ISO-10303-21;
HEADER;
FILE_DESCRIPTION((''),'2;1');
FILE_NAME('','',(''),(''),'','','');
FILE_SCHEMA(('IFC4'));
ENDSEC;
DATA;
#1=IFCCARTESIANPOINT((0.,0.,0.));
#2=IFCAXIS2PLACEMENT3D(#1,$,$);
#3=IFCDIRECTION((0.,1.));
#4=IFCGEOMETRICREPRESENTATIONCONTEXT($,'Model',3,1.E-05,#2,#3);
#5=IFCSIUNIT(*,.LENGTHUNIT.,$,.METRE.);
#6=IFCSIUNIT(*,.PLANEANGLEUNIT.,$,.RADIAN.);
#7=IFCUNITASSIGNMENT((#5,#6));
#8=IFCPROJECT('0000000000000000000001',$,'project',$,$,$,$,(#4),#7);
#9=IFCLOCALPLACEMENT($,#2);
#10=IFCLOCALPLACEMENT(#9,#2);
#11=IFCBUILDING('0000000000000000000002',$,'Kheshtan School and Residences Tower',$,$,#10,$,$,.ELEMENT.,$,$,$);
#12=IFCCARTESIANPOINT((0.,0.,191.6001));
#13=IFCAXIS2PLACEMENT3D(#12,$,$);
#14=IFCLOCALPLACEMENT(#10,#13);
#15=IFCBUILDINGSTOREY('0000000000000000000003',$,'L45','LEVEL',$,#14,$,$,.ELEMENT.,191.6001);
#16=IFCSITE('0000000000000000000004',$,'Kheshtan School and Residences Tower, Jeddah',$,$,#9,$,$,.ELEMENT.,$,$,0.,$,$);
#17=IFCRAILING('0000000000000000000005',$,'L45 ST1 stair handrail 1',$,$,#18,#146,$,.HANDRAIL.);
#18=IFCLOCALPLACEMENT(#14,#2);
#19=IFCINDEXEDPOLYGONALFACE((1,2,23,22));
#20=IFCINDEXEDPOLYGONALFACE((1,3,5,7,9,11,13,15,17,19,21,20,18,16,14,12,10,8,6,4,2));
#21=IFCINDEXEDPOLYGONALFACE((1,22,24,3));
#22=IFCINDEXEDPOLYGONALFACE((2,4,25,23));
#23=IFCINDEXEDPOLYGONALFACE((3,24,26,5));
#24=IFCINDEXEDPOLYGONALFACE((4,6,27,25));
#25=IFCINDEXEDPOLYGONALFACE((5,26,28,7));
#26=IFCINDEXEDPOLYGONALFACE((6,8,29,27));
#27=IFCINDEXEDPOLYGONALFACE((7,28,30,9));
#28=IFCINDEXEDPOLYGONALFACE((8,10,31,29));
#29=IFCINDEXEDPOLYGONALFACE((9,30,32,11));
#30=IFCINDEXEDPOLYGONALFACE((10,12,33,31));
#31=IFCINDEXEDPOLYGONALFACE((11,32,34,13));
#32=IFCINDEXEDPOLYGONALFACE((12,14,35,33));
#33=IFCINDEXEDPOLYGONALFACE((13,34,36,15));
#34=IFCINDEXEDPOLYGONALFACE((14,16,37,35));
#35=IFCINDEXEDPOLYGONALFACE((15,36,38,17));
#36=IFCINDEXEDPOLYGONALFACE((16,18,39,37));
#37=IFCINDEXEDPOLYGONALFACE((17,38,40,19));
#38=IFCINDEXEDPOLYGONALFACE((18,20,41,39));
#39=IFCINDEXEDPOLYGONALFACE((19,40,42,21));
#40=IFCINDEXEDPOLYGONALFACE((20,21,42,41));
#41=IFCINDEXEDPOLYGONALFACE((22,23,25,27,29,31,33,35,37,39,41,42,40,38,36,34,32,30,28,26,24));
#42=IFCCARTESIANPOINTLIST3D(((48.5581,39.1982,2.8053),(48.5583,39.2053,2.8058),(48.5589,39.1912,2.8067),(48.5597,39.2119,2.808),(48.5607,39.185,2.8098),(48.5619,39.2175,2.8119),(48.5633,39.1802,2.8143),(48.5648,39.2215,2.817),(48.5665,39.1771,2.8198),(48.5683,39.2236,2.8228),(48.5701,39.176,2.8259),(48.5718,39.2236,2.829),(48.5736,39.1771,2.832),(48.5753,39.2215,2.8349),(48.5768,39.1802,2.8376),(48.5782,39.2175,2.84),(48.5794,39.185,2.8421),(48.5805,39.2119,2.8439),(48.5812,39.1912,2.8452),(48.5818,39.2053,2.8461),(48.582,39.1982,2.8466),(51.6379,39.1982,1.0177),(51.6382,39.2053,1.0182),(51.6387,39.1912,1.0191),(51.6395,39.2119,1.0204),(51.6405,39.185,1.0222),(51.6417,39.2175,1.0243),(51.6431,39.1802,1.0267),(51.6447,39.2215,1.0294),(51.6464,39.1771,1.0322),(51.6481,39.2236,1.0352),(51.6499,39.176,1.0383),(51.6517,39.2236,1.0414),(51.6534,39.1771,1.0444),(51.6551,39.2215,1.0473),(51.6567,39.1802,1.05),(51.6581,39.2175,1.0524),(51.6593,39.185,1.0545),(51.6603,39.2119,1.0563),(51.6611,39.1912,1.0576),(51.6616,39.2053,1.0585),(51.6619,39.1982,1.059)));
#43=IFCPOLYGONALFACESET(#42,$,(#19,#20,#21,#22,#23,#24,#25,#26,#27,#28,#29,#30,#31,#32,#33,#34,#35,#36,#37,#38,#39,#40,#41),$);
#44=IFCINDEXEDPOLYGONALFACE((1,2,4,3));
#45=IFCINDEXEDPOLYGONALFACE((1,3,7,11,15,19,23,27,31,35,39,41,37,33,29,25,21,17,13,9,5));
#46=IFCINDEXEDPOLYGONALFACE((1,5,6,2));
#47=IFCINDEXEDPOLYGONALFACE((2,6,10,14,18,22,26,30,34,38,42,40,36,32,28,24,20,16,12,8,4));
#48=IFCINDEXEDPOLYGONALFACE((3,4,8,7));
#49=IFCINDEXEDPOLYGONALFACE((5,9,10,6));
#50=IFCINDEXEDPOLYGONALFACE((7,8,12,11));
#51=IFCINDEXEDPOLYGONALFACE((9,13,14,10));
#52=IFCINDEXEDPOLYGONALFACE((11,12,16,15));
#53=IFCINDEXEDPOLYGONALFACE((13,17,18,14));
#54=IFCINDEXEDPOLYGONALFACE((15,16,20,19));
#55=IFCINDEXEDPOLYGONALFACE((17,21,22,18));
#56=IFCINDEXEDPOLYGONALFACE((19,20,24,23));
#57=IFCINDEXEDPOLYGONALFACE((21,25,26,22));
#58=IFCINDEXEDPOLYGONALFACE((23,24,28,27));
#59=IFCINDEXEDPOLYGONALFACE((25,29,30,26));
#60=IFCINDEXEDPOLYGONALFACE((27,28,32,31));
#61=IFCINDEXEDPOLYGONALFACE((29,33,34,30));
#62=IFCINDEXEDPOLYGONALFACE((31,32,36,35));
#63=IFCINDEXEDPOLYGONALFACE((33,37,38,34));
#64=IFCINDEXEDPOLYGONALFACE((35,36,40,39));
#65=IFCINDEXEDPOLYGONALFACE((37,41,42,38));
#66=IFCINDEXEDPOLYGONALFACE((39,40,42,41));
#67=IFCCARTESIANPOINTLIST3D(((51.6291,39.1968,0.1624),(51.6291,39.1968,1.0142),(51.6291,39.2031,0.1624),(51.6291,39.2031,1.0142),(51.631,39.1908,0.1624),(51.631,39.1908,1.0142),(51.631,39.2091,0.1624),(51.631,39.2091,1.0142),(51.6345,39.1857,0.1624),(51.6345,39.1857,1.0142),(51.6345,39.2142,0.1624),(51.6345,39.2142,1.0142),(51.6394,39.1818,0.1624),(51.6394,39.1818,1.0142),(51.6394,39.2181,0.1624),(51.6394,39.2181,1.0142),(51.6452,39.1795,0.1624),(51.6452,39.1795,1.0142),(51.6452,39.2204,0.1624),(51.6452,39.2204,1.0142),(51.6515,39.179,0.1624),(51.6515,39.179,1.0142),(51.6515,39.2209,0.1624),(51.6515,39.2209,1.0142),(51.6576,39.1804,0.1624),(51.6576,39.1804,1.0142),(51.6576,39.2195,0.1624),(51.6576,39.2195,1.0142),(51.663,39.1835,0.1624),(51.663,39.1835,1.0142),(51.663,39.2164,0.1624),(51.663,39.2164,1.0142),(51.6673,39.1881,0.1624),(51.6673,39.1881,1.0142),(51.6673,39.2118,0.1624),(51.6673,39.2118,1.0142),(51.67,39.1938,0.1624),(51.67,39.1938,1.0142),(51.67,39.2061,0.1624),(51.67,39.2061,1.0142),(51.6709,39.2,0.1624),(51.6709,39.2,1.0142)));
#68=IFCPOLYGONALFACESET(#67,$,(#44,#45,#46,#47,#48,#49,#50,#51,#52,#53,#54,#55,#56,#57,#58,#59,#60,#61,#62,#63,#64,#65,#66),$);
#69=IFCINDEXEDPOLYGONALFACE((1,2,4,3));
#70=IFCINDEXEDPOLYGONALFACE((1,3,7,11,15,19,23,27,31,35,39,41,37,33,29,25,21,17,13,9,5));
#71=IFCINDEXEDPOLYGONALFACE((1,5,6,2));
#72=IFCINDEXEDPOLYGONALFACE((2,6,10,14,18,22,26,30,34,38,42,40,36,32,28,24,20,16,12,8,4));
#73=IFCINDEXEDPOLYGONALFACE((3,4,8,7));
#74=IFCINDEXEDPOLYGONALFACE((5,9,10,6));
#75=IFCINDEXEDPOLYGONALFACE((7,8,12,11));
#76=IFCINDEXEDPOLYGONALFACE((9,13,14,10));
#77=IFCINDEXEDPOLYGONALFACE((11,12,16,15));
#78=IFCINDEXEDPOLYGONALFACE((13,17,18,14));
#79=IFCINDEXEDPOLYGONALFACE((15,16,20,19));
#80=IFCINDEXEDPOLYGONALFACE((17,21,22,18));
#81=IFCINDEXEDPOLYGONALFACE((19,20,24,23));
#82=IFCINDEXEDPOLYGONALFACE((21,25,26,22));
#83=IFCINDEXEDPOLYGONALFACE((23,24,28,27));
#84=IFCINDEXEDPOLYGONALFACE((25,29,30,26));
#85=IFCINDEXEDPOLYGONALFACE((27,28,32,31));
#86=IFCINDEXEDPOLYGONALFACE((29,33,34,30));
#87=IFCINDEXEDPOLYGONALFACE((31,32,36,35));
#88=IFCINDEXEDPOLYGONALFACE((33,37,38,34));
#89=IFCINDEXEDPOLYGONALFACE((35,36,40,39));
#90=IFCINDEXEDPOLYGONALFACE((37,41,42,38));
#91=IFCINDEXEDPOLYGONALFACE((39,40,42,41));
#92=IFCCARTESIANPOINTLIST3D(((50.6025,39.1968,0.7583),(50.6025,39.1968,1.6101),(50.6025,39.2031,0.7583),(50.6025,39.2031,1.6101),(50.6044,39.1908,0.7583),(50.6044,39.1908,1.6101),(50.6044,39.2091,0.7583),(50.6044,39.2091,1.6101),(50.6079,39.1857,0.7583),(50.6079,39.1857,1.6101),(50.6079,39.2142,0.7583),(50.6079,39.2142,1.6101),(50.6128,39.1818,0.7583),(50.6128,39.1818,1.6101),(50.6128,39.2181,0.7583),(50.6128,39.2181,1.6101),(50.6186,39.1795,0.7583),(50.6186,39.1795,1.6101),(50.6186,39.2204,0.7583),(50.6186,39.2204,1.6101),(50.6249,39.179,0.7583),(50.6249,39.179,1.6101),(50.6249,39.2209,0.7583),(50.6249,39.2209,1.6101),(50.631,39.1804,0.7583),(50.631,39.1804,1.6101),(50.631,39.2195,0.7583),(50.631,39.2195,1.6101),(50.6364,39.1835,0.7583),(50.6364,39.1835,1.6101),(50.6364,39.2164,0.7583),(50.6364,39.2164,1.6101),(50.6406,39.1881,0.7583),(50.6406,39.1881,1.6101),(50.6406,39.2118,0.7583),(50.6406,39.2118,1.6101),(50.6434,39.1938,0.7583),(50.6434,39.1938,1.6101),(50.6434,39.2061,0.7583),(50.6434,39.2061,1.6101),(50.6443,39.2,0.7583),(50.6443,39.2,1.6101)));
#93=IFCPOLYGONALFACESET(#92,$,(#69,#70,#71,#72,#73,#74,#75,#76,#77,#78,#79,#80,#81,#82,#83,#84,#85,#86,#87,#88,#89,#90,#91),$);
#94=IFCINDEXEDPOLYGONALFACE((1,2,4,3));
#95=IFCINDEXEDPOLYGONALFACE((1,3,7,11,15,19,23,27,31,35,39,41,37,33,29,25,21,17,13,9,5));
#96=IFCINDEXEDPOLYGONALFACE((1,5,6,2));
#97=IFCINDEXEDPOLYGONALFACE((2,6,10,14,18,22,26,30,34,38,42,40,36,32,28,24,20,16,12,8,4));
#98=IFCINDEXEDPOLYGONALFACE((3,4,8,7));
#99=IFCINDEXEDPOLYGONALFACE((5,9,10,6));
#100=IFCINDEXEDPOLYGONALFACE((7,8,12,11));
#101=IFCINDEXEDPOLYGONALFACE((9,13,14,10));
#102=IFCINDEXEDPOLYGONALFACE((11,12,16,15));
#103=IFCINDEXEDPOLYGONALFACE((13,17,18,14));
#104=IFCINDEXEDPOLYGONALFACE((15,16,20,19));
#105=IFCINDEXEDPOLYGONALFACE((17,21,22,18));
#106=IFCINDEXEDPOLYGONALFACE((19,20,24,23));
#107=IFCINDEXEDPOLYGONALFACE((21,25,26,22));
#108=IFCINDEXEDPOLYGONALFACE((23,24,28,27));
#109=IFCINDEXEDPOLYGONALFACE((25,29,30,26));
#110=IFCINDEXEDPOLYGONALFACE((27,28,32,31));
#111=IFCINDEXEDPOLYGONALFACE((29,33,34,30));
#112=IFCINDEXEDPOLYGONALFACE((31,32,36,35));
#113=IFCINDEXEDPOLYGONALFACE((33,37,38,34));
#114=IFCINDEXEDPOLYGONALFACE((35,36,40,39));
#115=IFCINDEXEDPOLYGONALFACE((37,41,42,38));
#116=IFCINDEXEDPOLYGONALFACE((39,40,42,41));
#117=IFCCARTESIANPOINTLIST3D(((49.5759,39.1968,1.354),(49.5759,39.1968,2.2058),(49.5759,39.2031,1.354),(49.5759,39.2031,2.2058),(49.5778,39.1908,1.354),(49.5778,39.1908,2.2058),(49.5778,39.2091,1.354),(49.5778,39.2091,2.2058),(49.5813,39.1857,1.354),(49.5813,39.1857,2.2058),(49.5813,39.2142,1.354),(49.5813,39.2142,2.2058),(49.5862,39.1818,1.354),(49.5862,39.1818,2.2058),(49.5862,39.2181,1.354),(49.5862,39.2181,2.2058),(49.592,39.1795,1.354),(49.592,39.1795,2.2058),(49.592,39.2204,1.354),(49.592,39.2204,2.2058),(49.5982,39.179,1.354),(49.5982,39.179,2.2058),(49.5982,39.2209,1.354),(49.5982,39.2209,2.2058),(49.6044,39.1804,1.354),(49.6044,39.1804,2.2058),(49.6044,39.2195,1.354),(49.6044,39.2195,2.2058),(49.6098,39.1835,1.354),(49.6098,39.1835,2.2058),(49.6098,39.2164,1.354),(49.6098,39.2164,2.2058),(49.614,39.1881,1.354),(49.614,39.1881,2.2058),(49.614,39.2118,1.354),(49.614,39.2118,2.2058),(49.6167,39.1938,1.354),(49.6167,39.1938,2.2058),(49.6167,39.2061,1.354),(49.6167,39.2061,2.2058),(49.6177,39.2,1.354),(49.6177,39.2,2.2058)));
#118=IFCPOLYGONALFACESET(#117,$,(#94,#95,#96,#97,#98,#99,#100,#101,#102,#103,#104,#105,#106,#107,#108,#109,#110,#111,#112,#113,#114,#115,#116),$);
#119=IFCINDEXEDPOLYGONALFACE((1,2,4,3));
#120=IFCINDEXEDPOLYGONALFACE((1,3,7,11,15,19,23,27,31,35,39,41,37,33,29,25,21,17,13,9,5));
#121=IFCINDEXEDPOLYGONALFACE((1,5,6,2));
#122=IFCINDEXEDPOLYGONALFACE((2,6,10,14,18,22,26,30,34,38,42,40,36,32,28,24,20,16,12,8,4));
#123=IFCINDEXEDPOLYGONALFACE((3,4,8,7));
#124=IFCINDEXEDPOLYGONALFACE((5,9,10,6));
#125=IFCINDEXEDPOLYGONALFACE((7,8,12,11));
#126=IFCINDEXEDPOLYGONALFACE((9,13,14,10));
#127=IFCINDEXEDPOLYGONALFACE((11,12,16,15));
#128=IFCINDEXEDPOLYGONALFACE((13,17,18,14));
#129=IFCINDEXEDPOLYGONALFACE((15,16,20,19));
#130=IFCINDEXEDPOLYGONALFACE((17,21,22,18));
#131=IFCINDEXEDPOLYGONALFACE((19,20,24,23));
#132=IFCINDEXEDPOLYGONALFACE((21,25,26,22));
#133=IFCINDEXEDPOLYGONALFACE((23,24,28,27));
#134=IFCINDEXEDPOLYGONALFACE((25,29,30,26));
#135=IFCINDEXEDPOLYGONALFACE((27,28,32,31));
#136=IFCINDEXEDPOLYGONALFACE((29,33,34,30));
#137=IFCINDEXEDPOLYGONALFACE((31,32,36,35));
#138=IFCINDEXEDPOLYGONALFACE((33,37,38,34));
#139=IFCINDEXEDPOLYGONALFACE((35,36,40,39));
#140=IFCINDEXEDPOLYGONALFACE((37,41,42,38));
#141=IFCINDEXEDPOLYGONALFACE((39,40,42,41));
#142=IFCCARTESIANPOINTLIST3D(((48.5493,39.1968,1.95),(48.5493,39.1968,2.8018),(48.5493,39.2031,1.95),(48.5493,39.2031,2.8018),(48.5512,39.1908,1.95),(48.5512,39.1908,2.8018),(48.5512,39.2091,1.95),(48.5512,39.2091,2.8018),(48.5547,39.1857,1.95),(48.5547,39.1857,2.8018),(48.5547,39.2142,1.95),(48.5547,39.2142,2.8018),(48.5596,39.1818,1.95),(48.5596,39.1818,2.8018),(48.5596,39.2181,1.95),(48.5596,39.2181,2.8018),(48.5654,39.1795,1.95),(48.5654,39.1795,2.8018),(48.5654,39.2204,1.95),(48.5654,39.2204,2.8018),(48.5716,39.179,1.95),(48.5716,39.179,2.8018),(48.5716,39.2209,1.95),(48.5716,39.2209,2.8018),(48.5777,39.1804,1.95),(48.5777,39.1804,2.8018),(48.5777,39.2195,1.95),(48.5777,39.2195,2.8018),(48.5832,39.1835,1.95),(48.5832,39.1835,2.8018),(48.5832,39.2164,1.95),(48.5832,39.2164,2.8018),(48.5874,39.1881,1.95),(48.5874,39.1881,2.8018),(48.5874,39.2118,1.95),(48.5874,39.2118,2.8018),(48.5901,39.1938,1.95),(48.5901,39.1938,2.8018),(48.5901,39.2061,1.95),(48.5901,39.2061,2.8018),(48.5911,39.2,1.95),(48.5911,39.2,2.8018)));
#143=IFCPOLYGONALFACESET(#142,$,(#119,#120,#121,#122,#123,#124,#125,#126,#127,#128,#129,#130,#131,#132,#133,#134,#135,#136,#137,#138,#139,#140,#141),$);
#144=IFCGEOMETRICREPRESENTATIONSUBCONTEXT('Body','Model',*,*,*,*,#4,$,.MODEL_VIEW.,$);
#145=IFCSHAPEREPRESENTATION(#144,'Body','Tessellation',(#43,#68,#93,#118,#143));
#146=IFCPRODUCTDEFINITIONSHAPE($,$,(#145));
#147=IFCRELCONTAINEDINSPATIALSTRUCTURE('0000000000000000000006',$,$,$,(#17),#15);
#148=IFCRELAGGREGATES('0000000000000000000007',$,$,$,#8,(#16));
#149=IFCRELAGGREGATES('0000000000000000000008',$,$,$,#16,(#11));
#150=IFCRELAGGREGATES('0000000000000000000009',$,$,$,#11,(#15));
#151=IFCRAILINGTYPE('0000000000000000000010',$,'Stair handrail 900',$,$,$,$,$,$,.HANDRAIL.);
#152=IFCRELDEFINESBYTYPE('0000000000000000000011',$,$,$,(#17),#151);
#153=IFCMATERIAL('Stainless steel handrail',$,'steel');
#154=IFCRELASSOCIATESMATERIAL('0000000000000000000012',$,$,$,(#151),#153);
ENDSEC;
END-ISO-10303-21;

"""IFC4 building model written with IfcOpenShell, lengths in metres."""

from ifc_helpers import new_model, si_unit, direction, frame, origin, origin_2d, place, context, subcontext, project, spatial, circle, extrude, material, type_object, element, save


model = new_model("IFC4")

# Units and contexts
model_context = context("Model", 3, precision=1e-05, world=origin(), true_north=direction((0.0, 1.0)))
body_context = subcontext(model_context, "Body", "Model", "MODEL_VIEW")
ifc_project = project(units=[si_unit("LENGTHUNIT", "METRE"), si_unit("PLANEANGLEUNIT", "RADIAN")], contexts=[model_context])

# Site, building, storey
site_placement = place(None, origin())
site = spatial("IfcSite", under=ifc_project, at=site_placement, Name="Kheshtan School and Residences Tower, Jeddah", CompositionType="ELEMENT", RefElevation=0.0)
building_placement = place(site_placement, origin())
building = spatial("IfcBuilding", under=site, at=building_placement, Name="Kheshtan School and Residences Tower", CompositionType="ELEMENT")
storey_placement = place(building_placement, frame((0.0, 0.0, 191.6001)))
storey = spatial("IfcBuildingStorey", under=building, at=storey_placement, Name="L45", Description="LEVEL", CompositionType="ELEMENT", Elevation=191.6001)

# Railing
ifc_material_1 = material(Name="Stainless steel handrail", Category="steel")
railing_type_1 = type_object("IfcRailingType", Name="Stair handrail 900", PredefinedType="HANDRAIL", material=ifc_material_1)
railing_1_placement = place(storey_placement, frame((51.6499, 39.2, 0.1624)))
element("IfcRailing", 1, at=railing_1_placement, inside=storey, type_object=railing_type_1, Name="L45 ST1 stair handrail 1", PredefinedType="HANDRAIL", context=body_context, shape_type="SweptSolid", body=[
    extrude(circle(Radius=0.0239, at=origin_2d()), frame((0.0, 0.0, 0.876), z_axis=(-0.864873, 0.0, 0.50199), x_axis=(0.0, -1.0, 0.0)), (0.0, 0.0, 1.0), 3.561),
    extrude(circle(Radius=0.021, at=origin_2d()), origin(), (0.0, 0.0, 1.0), 0.8518),
    extrude(circle(Radius=0.021, at=origin_2d()), frame((-1.0266, 0.0, 0.5959)), (0.0, 0.0, 1.0), 0.8518),
    extrude(circle(Radius=0.021, at=origin_2d()), frame((-2.0532, 0.0, 1.1917)), (0.0, 0.0, 1.0), 0.8518),
    extrude(circle(Radius=0.021, at=origin_2d()), frame((-3.0798, 0.0, 1.7876)), (0.0, 0.0, 1.0), 0.8518),
])

save(model, "model.ifc")
